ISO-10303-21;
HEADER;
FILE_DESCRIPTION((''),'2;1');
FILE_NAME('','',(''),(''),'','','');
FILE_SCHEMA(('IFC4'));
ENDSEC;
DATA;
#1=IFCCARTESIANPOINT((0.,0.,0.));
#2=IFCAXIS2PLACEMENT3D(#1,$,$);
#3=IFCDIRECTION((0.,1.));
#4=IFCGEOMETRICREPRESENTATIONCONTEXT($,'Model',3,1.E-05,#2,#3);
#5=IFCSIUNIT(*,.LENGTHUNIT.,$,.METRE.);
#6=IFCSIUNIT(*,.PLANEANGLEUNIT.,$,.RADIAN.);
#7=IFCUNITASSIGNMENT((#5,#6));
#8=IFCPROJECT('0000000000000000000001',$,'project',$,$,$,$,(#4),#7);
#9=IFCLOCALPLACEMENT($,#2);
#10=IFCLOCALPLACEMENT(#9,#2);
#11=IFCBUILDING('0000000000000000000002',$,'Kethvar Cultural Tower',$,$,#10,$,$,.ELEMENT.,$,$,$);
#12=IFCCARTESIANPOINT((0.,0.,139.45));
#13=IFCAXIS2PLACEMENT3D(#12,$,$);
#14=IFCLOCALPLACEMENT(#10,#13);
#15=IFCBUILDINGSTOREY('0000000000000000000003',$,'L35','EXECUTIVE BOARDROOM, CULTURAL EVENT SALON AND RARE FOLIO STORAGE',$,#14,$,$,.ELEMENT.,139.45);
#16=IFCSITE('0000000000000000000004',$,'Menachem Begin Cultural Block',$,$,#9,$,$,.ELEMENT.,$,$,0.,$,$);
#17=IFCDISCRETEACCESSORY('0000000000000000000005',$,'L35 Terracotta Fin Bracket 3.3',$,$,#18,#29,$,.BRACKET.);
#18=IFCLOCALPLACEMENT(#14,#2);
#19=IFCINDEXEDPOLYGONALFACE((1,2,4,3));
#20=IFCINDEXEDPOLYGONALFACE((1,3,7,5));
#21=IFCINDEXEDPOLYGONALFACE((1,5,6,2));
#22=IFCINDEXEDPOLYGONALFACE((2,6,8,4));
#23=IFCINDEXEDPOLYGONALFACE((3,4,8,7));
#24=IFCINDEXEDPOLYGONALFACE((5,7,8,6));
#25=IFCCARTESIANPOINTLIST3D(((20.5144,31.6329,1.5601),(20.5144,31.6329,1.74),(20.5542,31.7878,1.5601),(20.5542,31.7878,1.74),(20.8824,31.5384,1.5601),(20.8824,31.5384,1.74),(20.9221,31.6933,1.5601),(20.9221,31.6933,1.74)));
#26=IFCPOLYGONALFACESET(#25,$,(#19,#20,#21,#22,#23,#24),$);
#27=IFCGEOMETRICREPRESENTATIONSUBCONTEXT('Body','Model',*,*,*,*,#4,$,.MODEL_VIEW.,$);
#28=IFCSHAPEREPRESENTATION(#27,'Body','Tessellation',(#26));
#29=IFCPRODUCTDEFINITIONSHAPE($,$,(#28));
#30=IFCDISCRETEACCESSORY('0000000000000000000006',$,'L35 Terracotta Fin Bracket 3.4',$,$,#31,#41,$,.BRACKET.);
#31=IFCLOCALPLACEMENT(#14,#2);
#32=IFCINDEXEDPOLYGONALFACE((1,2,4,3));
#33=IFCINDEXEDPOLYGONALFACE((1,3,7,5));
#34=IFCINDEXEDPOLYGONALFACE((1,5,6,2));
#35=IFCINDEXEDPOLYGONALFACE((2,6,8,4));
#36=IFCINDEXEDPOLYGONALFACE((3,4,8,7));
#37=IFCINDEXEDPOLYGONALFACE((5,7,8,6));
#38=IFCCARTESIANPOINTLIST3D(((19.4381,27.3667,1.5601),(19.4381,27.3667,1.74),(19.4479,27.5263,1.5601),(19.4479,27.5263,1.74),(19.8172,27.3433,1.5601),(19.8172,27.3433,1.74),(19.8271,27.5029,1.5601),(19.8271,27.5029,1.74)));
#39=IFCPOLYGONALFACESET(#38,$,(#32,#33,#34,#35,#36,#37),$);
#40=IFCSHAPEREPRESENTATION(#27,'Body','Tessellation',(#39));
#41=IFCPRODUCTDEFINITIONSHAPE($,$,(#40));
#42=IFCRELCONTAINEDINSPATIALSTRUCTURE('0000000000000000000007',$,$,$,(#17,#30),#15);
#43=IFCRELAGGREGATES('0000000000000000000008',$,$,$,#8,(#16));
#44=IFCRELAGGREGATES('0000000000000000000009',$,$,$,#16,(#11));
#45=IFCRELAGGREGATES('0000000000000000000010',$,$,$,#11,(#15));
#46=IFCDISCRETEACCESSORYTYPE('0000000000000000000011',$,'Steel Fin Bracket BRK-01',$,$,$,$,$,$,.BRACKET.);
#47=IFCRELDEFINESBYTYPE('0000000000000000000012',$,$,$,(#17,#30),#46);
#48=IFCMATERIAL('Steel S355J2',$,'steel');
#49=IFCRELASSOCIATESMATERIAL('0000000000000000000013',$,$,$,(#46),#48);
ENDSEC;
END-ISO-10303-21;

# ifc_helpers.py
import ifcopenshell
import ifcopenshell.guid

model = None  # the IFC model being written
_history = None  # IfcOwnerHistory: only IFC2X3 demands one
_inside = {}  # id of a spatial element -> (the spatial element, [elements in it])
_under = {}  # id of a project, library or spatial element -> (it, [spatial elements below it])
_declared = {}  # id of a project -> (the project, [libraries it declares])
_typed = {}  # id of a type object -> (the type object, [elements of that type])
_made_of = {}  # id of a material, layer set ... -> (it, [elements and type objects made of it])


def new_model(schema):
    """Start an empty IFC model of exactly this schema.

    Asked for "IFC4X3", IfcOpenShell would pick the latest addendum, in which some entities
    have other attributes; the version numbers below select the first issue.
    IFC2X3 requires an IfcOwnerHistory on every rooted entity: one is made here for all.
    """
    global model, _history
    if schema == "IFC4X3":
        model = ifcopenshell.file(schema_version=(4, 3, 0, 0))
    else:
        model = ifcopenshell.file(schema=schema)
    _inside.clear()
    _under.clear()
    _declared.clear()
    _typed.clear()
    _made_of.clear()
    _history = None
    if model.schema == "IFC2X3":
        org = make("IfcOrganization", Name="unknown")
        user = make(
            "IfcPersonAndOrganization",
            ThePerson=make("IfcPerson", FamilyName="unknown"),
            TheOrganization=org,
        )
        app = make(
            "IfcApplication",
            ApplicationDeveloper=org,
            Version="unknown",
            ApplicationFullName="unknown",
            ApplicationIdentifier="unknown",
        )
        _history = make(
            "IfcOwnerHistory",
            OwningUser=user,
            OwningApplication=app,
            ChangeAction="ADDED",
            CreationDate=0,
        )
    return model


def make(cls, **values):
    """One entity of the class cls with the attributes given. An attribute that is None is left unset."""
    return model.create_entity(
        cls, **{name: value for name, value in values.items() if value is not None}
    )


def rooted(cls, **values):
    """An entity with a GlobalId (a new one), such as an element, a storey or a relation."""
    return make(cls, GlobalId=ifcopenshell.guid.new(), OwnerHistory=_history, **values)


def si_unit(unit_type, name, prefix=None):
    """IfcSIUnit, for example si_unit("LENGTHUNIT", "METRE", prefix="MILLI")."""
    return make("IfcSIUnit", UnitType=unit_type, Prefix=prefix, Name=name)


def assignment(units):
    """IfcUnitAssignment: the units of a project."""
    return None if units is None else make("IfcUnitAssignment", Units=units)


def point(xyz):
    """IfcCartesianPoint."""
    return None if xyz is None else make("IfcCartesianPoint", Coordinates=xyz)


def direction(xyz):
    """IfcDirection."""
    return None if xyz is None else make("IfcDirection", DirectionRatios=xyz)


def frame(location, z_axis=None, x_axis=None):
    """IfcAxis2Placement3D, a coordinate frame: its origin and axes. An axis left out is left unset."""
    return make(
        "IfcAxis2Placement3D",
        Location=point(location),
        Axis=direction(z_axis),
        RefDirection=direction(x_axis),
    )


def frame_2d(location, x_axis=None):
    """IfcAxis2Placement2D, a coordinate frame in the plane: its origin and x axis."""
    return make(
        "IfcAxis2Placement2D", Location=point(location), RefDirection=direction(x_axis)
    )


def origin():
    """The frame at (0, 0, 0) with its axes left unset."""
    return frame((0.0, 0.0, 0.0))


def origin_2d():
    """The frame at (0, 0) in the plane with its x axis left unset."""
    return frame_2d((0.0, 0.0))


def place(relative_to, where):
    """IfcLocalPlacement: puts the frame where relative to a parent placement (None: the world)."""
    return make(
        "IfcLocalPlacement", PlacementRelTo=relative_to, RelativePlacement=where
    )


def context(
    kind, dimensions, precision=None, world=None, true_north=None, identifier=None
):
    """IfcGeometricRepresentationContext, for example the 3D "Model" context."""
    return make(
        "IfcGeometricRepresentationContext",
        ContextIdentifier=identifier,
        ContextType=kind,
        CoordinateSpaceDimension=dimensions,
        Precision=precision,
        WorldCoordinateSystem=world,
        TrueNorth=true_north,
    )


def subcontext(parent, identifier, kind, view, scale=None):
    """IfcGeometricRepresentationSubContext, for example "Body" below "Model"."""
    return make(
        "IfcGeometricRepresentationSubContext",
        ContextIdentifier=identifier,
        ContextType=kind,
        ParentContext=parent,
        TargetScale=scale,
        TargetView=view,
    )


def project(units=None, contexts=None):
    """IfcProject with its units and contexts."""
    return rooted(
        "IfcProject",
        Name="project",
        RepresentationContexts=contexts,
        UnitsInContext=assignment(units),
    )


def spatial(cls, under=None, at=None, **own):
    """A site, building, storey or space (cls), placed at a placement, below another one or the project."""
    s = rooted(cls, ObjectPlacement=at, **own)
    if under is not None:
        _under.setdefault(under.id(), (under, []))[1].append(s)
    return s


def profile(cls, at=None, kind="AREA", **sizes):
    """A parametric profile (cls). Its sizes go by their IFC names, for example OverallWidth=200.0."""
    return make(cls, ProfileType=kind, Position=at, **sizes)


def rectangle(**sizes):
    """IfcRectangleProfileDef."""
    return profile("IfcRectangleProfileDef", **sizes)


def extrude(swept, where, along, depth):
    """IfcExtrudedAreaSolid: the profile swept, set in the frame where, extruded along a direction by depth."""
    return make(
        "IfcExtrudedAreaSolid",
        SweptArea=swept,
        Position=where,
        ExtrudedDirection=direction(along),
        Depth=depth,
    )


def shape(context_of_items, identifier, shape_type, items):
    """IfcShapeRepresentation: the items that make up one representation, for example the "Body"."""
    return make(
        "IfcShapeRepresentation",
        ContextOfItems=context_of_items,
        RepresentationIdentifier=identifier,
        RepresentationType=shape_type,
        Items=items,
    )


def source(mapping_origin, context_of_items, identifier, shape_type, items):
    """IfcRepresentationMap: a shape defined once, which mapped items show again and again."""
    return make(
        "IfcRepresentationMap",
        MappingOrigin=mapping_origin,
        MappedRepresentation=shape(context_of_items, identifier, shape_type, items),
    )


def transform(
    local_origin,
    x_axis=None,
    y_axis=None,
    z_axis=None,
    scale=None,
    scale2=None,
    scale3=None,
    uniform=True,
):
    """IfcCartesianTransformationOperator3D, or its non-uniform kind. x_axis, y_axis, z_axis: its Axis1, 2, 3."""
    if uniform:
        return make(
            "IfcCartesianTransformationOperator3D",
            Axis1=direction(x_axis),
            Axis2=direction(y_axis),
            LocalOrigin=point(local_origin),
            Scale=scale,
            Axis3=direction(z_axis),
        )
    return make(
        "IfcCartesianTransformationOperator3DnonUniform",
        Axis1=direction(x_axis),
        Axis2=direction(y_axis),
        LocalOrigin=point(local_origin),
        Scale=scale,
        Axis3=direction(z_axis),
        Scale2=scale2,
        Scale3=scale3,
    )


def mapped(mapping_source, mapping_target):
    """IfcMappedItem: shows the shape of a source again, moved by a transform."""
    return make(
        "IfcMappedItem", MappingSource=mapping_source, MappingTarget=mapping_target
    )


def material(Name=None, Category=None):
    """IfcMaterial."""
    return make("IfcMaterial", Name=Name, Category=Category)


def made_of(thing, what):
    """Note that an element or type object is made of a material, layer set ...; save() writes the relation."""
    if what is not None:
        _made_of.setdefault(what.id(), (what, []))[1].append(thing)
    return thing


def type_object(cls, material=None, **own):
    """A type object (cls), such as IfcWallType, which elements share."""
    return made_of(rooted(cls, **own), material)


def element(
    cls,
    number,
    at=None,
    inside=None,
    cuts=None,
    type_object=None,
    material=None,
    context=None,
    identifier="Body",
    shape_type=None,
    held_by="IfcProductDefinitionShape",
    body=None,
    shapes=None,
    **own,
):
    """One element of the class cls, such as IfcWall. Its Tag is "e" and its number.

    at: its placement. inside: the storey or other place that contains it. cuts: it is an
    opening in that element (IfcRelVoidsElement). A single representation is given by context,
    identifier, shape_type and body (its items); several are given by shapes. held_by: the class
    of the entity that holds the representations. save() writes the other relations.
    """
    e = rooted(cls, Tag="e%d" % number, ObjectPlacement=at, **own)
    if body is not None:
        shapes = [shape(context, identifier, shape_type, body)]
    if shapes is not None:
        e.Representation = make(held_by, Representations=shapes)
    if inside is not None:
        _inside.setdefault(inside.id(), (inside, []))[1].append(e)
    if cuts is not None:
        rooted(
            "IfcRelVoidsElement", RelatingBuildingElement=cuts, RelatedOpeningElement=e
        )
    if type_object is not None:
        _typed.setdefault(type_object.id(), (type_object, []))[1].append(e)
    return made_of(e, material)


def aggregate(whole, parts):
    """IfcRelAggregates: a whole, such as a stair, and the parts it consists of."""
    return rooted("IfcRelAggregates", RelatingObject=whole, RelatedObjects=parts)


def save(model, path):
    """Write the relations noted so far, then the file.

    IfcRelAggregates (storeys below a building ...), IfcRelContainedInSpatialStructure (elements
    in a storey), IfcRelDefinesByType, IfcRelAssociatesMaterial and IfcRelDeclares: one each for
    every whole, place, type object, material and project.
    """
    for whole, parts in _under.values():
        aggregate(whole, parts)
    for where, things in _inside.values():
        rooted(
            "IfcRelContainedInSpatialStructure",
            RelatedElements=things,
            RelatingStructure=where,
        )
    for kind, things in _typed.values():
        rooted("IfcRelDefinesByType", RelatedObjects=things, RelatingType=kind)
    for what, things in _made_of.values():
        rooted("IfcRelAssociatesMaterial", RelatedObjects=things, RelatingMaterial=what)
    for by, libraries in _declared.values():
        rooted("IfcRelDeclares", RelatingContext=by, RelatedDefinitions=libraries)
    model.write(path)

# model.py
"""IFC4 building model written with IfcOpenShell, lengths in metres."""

from ifc_helpers import new_model, si_unit, direction, frame, origin, origin_2d, place, context, subcontext, project, spatial, rectangle, extrude, source, transform, mapped, material, type_object, element, save


model = new_model("IFC4")

# Units and contexts
model_context = context("Model", 3, precision=1e-05, world=origin(), true_north=direction((0.0, 1.0)))
body_context = subcontext(model_context, "Body", "Model", "MODEL_VIEW")
ifc_project = project(units=[si_unit("LENGTHUNIT", "METRE"), si_unit("PLANEANGLEUNIT", "RADIAN")], contexts=[model_context])

# Site, building, storey
site_placement = place(None, origin())
site = spatial("IfcSite", under=ifc_project, at=site_placement, Name="Menachem Begin Cultural Block", CompositionType="ELEMENT", RefElevation=0.0)
building_placement = place(site_placement, origin())
building = spatial("IfcBuilding", under=site, at=building_placement, Name="Kethvar Cultural Tower", CompositionType="ELEMENT")
storey_placement = place(building_placement, frame((0.0, 0.0, 139.45)))
storey = spatial("IfcBuildingStorey", under=building, at=storey_placement, Name="L35", Description="EXECUTIVE BOARDROOM, CULTURAL EVENT SALON AND RARE FOLIO STORAGE", CompositionType="ELEMENT", Elevation=139.45)

# Shared definitions
ifc_material_1 = material(Name="Steel S355J2", Category="steel")

# Discrete accessories
discrete_accessory_type = type_object("IfcDiscreteAccessoryType", Name="Steel Fin Bracket BRK-01", PredefinedType="BRACKET", material=ifc_material_1)
shared_shape_1 = source(origin(), body_context, "Body", "SweptSolid", [
    extrude(rectangle(XDim=0.3799, YDim=0.1599, at=origin_2d()), origin(), (0.0, 0.0, 1.0), 0.1799),
])
for number, where, z_axis, x_axis, name in (
    (1, (20.7183, 31.6631, 1.5601), (0.0, 0.0, 1.0), (-0.968583, 0.24869, 0.0), "L35 Terracotta Fin Bracket 3.3"),
    (2, (19.6326, 27.4348, 1.5601), (0.0, 0.0, 1.0), (-0.998103, 0.061571, 0.0), "L35 Terracotta Fin Bracket 3.4"),
):
    element("IfcDiscreteAccessory", number, at=place(storey_placement, frame(where, z_axis=z_axis, x_axis=x_axis)), inside=storey, type_object=discrete_accessory_type, Name=name, PredefinedType="BRACKET", context=body_context, shape_type="MappedRepresentation", body=[
        mapped(shared_shape_1, transform((0.0, 0.0, 0.0), scale=1.0)),
    ])

save(model, "model.ifc")
